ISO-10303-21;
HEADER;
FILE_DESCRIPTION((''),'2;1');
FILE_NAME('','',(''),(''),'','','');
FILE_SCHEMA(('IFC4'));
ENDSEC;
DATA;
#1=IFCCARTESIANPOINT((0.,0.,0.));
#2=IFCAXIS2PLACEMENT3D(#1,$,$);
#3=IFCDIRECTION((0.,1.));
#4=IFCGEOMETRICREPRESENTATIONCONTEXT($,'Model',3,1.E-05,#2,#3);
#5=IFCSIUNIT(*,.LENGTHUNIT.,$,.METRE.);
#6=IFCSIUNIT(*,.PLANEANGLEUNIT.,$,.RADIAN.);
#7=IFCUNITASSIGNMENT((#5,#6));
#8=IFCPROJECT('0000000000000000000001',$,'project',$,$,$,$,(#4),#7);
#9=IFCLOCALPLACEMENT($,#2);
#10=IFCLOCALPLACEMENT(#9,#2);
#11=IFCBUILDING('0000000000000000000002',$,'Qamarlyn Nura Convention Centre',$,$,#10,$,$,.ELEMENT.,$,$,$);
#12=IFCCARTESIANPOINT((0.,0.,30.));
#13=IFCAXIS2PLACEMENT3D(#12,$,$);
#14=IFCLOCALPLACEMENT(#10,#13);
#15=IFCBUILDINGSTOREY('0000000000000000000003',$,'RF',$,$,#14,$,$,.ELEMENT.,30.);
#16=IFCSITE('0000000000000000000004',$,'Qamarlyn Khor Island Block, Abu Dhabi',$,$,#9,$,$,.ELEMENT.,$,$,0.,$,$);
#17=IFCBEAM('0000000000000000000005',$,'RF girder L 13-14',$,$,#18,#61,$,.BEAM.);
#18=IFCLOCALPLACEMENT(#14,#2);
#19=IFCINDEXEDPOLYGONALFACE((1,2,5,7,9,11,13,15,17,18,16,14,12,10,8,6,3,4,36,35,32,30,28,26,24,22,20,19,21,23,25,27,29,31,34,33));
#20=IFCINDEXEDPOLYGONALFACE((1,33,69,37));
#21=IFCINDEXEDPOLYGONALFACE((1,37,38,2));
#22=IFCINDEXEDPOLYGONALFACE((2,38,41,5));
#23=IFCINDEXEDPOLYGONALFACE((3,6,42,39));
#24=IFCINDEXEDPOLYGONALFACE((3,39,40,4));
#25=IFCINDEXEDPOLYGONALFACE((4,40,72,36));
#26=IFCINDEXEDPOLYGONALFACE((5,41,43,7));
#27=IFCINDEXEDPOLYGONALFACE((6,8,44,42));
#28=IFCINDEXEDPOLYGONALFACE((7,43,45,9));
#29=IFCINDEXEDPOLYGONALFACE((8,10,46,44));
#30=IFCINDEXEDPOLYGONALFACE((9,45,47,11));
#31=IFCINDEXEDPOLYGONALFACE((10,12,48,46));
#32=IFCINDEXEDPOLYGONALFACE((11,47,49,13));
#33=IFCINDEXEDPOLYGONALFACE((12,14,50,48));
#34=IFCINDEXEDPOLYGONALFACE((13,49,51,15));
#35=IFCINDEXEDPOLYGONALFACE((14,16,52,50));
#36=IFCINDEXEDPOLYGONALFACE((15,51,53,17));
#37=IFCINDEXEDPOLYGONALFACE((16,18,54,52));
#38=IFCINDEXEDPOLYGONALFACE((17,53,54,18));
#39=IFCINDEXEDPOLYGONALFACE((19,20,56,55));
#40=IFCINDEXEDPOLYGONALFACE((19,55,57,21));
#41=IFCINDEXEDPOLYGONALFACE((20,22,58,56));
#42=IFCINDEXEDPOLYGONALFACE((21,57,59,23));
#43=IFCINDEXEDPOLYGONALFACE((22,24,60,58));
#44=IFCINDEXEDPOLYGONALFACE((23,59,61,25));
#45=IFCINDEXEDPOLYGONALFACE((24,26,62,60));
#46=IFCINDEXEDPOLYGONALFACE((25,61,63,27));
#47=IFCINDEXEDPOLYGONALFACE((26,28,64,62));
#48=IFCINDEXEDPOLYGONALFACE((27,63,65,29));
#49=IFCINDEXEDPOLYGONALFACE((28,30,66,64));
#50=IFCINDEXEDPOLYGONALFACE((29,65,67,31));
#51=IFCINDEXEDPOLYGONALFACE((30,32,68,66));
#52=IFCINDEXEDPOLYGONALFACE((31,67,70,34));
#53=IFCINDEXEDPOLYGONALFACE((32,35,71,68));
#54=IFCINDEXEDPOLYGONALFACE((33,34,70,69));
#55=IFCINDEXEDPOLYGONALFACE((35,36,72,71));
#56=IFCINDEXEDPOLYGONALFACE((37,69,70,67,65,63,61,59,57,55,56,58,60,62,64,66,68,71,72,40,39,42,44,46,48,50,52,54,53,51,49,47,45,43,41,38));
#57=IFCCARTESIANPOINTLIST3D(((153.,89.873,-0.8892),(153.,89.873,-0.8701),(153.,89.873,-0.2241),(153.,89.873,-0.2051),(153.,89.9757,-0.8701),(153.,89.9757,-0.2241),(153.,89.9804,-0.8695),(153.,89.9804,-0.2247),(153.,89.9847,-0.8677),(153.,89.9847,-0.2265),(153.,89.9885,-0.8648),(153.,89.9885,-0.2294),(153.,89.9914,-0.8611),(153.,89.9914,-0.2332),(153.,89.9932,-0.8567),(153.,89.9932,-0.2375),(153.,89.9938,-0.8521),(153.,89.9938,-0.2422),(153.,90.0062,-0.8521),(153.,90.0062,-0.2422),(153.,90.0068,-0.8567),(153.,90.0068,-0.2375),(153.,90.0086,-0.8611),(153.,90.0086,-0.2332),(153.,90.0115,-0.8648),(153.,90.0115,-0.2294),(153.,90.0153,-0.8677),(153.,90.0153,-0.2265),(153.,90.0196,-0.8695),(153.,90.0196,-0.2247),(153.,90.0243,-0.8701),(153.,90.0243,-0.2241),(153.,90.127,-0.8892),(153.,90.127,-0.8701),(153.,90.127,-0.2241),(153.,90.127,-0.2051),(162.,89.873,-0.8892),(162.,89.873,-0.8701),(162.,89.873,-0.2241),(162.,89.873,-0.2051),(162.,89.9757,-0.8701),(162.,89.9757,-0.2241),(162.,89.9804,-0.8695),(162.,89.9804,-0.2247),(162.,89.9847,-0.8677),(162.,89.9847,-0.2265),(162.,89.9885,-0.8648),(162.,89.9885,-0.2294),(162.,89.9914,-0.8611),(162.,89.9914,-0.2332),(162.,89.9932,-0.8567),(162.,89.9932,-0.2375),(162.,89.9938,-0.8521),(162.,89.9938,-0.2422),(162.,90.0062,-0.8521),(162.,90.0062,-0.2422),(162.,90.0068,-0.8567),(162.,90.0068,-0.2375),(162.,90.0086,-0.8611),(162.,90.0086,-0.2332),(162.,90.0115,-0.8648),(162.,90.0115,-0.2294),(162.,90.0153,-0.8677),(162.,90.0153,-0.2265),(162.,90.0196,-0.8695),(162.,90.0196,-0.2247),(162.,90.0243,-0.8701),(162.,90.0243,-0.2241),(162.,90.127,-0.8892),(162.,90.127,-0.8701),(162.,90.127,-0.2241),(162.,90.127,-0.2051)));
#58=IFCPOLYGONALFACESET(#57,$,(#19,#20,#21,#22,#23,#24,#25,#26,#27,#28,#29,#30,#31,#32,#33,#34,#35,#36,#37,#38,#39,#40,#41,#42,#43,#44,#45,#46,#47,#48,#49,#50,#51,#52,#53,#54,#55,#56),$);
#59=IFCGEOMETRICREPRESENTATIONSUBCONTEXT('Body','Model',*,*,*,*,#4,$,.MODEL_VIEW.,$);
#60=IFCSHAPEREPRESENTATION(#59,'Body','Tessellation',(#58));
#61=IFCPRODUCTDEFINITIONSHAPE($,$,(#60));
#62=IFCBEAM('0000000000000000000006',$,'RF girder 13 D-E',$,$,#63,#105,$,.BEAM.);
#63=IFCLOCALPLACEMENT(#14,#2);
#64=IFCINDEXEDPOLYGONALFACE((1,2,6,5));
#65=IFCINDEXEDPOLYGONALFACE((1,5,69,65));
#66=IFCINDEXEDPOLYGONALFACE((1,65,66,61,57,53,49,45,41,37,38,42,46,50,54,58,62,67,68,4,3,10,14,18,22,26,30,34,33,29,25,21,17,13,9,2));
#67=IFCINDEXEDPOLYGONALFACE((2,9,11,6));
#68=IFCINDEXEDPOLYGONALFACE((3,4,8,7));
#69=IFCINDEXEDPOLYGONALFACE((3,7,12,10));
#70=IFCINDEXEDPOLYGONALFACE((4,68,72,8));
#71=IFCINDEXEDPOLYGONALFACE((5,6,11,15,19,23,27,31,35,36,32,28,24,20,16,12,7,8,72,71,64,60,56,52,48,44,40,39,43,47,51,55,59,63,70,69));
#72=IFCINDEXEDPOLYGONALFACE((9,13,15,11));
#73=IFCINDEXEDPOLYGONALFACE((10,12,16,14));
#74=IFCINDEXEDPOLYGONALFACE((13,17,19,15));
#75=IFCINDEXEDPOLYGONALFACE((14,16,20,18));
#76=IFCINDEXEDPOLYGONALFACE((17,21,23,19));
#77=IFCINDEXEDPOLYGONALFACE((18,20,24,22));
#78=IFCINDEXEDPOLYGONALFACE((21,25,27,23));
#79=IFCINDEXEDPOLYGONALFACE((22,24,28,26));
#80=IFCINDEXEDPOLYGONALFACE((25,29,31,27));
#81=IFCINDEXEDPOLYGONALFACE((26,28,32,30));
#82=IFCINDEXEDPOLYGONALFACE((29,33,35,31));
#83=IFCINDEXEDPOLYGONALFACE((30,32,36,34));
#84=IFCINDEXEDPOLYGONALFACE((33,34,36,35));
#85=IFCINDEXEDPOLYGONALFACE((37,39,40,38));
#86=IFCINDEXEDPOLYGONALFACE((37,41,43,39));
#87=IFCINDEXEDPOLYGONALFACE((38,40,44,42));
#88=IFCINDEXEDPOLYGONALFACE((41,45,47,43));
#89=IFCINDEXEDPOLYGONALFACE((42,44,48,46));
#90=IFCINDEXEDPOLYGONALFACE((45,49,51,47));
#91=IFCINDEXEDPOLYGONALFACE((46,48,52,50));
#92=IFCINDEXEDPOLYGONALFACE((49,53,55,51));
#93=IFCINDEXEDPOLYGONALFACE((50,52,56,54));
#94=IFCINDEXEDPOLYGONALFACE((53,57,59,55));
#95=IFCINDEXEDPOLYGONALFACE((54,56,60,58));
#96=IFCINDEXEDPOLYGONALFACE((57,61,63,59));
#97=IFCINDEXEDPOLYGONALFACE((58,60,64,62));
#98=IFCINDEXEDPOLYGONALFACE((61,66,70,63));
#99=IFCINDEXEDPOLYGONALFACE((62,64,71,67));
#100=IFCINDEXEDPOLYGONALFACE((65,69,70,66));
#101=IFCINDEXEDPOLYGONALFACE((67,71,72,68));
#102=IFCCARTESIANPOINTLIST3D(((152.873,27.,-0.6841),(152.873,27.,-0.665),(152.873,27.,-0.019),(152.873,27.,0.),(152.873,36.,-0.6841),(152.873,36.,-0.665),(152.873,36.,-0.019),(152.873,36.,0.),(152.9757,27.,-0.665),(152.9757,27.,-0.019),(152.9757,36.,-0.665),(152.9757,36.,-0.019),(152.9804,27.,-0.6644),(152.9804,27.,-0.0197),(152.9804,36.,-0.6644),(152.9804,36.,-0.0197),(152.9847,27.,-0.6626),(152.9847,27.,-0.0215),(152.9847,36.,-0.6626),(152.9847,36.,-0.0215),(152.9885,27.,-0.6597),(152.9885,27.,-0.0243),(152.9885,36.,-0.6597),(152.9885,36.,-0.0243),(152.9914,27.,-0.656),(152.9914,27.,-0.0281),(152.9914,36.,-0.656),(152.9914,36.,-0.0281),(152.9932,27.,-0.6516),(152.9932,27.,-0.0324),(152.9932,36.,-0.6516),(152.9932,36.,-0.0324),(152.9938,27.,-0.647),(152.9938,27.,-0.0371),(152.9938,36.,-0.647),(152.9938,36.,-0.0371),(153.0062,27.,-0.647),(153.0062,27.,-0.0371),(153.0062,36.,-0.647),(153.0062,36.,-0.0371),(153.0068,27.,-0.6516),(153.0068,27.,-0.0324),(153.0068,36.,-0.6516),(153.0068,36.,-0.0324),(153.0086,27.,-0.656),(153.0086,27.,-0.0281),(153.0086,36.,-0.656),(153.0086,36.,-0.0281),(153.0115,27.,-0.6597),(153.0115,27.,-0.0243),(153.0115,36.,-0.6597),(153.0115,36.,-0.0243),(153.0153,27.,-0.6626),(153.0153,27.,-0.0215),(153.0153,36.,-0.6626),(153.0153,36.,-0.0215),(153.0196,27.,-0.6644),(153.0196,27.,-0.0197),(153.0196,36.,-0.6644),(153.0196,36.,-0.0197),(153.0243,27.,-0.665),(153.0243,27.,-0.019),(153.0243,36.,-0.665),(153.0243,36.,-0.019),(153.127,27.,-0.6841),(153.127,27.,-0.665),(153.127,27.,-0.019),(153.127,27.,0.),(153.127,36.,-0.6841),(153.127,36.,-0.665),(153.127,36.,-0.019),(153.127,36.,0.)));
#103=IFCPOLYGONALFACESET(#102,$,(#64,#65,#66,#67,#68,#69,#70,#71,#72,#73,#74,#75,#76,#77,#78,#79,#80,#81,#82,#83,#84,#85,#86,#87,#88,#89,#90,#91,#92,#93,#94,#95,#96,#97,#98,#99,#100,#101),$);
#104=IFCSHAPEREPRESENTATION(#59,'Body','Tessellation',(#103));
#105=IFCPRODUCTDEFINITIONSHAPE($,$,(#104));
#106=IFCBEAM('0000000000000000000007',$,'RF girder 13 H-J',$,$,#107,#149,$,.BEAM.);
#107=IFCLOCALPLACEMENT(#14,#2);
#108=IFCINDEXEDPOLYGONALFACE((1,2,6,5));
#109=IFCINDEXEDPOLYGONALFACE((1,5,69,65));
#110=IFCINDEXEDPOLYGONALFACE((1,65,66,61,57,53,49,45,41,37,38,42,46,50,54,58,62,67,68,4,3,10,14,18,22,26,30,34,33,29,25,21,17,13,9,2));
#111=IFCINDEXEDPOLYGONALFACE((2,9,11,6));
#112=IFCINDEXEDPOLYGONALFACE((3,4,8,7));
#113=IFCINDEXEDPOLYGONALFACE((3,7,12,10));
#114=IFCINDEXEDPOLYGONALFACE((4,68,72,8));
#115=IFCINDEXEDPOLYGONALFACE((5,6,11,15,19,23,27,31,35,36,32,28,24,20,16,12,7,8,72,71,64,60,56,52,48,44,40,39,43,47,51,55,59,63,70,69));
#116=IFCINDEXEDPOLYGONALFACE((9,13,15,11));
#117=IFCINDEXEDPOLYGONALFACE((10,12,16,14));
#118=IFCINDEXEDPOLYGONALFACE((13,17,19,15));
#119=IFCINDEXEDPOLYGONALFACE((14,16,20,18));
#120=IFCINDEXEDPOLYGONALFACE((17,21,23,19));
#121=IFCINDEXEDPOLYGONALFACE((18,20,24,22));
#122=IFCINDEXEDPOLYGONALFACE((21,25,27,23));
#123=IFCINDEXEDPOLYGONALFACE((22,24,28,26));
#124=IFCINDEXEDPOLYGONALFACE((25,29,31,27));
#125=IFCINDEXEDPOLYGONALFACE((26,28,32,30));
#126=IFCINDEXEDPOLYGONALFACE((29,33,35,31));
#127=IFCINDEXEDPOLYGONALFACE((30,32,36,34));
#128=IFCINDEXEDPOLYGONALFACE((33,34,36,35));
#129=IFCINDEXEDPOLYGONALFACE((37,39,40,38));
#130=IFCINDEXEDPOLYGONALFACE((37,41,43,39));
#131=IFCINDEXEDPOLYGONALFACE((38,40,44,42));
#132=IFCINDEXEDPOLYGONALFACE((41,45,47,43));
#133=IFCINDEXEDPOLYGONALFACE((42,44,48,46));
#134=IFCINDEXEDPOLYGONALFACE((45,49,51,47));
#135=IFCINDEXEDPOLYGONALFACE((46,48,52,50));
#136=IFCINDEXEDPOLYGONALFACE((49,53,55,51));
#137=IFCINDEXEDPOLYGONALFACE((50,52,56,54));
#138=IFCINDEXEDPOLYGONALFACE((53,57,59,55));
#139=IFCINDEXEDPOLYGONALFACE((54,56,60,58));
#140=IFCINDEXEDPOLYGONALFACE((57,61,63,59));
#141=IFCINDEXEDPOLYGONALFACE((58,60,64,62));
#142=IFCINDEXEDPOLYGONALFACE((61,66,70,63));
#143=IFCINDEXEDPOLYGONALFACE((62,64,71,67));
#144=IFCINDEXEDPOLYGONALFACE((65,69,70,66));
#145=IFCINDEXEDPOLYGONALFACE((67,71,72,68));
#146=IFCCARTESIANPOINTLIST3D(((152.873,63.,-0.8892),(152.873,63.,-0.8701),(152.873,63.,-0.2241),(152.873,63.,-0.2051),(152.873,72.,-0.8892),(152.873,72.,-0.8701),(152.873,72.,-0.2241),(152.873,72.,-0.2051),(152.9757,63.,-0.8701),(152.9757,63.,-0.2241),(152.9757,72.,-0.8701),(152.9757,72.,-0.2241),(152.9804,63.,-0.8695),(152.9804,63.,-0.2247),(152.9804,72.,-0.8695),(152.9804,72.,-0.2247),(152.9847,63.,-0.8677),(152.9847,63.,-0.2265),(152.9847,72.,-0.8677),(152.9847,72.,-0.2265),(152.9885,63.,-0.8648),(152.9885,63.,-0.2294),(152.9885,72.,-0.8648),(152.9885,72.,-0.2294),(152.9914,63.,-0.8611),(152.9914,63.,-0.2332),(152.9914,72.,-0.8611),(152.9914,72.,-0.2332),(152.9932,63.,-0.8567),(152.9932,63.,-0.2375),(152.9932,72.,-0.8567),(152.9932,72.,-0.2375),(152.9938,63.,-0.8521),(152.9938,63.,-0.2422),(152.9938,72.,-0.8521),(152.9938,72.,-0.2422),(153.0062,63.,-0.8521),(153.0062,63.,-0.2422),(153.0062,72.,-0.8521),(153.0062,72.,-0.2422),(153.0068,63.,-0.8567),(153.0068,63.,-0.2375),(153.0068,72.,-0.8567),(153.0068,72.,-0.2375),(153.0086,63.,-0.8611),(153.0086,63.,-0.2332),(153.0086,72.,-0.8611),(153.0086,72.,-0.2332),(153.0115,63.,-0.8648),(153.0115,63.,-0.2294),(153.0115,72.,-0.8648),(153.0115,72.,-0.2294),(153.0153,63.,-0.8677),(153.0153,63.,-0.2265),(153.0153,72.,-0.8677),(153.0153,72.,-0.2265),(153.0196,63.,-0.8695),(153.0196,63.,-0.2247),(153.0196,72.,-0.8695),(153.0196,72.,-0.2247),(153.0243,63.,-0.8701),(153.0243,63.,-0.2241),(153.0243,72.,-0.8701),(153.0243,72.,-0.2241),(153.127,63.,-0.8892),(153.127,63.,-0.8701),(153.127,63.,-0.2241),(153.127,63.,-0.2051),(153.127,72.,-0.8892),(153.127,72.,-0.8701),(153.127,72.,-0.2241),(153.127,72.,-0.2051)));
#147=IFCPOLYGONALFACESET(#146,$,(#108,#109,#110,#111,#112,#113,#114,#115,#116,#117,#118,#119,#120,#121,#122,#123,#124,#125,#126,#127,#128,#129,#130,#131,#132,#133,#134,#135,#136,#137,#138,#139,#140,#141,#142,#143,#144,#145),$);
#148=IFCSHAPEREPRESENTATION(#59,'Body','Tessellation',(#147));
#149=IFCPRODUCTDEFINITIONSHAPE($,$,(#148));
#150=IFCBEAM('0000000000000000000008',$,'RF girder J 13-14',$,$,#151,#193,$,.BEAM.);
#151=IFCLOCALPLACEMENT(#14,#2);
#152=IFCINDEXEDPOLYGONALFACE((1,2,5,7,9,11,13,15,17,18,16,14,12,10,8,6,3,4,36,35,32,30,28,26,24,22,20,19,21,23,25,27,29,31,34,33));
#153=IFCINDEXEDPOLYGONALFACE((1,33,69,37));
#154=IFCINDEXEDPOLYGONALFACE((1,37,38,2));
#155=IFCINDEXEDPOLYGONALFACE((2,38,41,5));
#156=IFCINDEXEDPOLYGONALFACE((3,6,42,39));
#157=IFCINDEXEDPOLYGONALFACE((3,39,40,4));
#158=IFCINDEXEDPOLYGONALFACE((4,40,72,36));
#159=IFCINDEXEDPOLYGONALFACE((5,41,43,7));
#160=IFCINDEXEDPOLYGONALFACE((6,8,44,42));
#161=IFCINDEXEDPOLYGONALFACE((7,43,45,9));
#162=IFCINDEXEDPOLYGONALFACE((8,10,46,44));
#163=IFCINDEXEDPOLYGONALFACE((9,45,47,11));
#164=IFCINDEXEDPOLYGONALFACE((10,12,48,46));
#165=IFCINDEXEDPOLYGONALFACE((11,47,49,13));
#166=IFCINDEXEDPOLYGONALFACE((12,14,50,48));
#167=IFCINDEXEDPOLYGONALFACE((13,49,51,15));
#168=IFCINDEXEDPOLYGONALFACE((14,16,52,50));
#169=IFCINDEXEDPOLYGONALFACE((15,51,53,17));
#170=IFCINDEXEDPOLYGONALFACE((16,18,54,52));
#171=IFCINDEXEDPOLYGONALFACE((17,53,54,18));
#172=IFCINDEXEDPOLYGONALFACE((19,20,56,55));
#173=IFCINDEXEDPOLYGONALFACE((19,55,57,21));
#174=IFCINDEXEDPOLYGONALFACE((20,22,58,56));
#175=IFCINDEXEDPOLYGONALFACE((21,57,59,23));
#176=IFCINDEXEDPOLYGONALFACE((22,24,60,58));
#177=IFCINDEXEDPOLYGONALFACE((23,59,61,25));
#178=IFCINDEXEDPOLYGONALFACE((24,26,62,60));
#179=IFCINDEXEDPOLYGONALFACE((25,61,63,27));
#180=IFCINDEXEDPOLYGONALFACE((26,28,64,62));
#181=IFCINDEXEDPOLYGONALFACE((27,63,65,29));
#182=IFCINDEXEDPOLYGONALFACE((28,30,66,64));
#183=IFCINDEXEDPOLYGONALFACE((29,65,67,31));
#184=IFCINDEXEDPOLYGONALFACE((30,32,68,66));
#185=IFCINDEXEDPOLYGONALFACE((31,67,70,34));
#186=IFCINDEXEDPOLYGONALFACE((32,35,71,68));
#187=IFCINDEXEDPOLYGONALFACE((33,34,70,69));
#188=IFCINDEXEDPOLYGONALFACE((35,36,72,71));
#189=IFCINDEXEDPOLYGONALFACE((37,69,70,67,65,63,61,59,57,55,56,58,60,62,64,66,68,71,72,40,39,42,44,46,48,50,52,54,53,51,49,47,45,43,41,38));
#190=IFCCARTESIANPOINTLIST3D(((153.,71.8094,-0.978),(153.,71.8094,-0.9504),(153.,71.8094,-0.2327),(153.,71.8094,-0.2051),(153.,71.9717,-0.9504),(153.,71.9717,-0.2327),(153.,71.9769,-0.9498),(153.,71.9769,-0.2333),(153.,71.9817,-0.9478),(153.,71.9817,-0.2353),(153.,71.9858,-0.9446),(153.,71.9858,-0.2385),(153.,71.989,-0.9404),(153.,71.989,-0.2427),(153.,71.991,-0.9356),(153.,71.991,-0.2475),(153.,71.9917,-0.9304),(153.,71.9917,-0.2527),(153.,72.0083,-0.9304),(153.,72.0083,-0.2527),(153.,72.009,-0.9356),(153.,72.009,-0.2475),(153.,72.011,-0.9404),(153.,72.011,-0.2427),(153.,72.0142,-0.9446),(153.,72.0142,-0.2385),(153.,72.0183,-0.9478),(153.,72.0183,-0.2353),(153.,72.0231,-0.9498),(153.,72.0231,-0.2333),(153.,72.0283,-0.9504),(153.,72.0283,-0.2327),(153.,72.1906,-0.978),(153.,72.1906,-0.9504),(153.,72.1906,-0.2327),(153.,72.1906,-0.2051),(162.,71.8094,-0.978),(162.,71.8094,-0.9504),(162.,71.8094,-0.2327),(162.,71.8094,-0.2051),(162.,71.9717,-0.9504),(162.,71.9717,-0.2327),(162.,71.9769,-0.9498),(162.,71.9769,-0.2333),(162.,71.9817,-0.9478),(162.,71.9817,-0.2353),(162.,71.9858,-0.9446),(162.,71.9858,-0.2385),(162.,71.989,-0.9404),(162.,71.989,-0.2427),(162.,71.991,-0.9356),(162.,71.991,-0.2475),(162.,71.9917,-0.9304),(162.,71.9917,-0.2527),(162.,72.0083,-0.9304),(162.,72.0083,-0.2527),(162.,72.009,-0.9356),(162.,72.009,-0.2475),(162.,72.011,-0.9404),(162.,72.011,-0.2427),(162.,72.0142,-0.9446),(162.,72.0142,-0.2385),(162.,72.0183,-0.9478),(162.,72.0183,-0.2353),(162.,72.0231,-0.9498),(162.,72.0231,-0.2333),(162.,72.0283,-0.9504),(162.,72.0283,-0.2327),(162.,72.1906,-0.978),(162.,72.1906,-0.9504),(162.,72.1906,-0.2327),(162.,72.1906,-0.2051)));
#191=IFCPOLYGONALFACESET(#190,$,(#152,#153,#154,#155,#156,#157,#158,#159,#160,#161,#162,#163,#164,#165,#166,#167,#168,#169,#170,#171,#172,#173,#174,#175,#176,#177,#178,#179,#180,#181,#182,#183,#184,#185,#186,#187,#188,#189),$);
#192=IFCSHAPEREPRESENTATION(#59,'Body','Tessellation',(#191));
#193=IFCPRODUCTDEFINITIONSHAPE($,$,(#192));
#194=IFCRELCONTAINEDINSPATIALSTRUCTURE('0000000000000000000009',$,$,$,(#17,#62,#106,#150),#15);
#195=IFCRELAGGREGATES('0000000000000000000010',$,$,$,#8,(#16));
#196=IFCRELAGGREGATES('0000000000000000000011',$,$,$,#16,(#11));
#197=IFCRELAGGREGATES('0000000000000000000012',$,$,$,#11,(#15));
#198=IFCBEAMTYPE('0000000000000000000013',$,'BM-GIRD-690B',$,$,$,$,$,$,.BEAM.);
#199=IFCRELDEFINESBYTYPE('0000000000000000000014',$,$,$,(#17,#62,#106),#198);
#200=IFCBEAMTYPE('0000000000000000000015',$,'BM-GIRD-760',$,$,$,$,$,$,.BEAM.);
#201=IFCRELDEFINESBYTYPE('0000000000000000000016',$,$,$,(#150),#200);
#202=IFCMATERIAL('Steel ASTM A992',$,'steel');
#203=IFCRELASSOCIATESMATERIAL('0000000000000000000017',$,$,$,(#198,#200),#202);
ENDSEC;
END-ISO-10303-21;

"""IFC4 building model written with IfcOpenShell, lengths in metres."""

from ifc_helpers import new_model, si_unit, direction, frame, origin, origin_2d, place, context, subcontext, project, spatial, i_section, extrude, material, material_profile, profile_set, type_object, element, save


model = new_model("IFC4")

# Units and contexts
model_context = context("Model", 3, precision=1e-05, world=origin(), true_north=direction((0.0, 1.0)))
body_context = subcontext(model_context, "Body", "Model", "MODEL_VIEW")
ifc_project = project(units=[si_unit("LENGTHUNIT", "METRE"), si_unit("PLANEANGLEUNIT", "RADIAN")], contexts=[model_context])

# Site, building, storey
site_placement = place(None, origin())
site = spatial("IfcSite", under=ifc_project, at=site_placement, Name="Qamarlyn Khor Island Block, Abu Dhabi", CompositionType="ELEMENT", RefElevation=0.0)
building_placement = place(site_placement, origin())
building = spatial("IfcBuilding", under=site, at=building_placement, Name="Qamarlyn Nura Convention Centre", CompositionType="ELEMENT")
storey_placement = place(building_placement, frame((0.0, 0.0, 30.0)))
storey = spatial("IfcBuildingStorey", under=building, at=storey_placement, Name="RF", CompositionType="ELEMENT", Elevation=30.0)

# Beams
ifc_material_1 = material(Name="Steel ASTM A992", Category="steel")
ifc_material_profile_1 = material_profile(ifc_material_1, i_section(OverallWidth=0.2539, OverallDepth=0.6841, WebThickness=0.0125, FlangeThickness=0.019, FilletRadius=0.0181, at=origin_2d()), Name="W690X140")
ifc_profile_set_1 = profile_set([ifc_material_profile_1], Name="Steel ASTM A992")
beam_type_1 = type_object("IfcBeamType", Name="BM-GIRD-690B", PredefinedType="BEAM", material=ifc_profile_set_1)
for number, where, z_axis, x_axis, name in (
    (1, (153.0, 90.0, -0.5471), (1.0, 0.0, 0.0), (0.0, 1.0, 0.0), "RF girder L 13-14"),
    (2, (153.0, 27.0, -0.342), (0.0, 1.0, 0.0), (-1.0, 0.0, 0.0), "RF girder 13 D-E"),
    (3, (153.0, 63.0, -0.5471), (0.0, 1.0, 0.0), (-1.0, 0.0, 0.0), "RF girder 13 H-J"),
):
    element("IfcBeam", number, at=place(storey_placement, frame(where, z_axis=z_axis, x_axis=x_axis)), inside=storey, type_object=beam_type_1, Name=name, PredefinedType="BEAM", context=body_context, shape_type="SweptSolid", body=[
        extrude(i_section(OverallWidth=0.2539, OverallDepth=0.6841, WebThickness=0.0125, FlangeThickness=0.019, FilletRadius=0.0181, at=origin_2d()), origin(), (0.0, 0.0, 1.0), 9.0),
    ])
ifc_material_profile_2 = material_profile(ifc_material_1, i_section(OverallWidth=0.3811, OverallDepth=0.7729, WebThickness=0.0166, FlangeThickness=0.0276, FilletRadius=0.02, at=origin_2d()), Name="W760X257")
ifc_profile_set_2 = profile_set([ifc_material_profile_2], Name="Steel ASTM A992")
beam_type_2 = type_object("IfcBeamType", Name="BM-GIRD-760", PredefinedType="BEAM", material=ifc_profile_set_2)
for number, where, z_axis, x_axis, name in (
    (4, (153.0, 72.0, -0.5916), (1.0, 0.0, 0.0), (0.0, 1.0, 0.0), "RF girder J 13-14"),
):
    element("IfcBeam", number, at=place(storey_placement, frame(where, z_axis=z_axis, x_axis=x_axis)), inside=storey, type_object=beam_type_2, Name=name, PredefinedType="BEAM", context=body_context, shape_type="SweptSolid", body=[
        extrude(i_section(OverallWidth=0.3811, OverallDepth=0.7729, WebThickness=0.0166, FlangeThickness=0.0276, FilletRadius=0.02, at=origin_2d()), origin(), (0.0, 0.0, 1.0), 9.0),
    ])

save(model, "model.ifc")
